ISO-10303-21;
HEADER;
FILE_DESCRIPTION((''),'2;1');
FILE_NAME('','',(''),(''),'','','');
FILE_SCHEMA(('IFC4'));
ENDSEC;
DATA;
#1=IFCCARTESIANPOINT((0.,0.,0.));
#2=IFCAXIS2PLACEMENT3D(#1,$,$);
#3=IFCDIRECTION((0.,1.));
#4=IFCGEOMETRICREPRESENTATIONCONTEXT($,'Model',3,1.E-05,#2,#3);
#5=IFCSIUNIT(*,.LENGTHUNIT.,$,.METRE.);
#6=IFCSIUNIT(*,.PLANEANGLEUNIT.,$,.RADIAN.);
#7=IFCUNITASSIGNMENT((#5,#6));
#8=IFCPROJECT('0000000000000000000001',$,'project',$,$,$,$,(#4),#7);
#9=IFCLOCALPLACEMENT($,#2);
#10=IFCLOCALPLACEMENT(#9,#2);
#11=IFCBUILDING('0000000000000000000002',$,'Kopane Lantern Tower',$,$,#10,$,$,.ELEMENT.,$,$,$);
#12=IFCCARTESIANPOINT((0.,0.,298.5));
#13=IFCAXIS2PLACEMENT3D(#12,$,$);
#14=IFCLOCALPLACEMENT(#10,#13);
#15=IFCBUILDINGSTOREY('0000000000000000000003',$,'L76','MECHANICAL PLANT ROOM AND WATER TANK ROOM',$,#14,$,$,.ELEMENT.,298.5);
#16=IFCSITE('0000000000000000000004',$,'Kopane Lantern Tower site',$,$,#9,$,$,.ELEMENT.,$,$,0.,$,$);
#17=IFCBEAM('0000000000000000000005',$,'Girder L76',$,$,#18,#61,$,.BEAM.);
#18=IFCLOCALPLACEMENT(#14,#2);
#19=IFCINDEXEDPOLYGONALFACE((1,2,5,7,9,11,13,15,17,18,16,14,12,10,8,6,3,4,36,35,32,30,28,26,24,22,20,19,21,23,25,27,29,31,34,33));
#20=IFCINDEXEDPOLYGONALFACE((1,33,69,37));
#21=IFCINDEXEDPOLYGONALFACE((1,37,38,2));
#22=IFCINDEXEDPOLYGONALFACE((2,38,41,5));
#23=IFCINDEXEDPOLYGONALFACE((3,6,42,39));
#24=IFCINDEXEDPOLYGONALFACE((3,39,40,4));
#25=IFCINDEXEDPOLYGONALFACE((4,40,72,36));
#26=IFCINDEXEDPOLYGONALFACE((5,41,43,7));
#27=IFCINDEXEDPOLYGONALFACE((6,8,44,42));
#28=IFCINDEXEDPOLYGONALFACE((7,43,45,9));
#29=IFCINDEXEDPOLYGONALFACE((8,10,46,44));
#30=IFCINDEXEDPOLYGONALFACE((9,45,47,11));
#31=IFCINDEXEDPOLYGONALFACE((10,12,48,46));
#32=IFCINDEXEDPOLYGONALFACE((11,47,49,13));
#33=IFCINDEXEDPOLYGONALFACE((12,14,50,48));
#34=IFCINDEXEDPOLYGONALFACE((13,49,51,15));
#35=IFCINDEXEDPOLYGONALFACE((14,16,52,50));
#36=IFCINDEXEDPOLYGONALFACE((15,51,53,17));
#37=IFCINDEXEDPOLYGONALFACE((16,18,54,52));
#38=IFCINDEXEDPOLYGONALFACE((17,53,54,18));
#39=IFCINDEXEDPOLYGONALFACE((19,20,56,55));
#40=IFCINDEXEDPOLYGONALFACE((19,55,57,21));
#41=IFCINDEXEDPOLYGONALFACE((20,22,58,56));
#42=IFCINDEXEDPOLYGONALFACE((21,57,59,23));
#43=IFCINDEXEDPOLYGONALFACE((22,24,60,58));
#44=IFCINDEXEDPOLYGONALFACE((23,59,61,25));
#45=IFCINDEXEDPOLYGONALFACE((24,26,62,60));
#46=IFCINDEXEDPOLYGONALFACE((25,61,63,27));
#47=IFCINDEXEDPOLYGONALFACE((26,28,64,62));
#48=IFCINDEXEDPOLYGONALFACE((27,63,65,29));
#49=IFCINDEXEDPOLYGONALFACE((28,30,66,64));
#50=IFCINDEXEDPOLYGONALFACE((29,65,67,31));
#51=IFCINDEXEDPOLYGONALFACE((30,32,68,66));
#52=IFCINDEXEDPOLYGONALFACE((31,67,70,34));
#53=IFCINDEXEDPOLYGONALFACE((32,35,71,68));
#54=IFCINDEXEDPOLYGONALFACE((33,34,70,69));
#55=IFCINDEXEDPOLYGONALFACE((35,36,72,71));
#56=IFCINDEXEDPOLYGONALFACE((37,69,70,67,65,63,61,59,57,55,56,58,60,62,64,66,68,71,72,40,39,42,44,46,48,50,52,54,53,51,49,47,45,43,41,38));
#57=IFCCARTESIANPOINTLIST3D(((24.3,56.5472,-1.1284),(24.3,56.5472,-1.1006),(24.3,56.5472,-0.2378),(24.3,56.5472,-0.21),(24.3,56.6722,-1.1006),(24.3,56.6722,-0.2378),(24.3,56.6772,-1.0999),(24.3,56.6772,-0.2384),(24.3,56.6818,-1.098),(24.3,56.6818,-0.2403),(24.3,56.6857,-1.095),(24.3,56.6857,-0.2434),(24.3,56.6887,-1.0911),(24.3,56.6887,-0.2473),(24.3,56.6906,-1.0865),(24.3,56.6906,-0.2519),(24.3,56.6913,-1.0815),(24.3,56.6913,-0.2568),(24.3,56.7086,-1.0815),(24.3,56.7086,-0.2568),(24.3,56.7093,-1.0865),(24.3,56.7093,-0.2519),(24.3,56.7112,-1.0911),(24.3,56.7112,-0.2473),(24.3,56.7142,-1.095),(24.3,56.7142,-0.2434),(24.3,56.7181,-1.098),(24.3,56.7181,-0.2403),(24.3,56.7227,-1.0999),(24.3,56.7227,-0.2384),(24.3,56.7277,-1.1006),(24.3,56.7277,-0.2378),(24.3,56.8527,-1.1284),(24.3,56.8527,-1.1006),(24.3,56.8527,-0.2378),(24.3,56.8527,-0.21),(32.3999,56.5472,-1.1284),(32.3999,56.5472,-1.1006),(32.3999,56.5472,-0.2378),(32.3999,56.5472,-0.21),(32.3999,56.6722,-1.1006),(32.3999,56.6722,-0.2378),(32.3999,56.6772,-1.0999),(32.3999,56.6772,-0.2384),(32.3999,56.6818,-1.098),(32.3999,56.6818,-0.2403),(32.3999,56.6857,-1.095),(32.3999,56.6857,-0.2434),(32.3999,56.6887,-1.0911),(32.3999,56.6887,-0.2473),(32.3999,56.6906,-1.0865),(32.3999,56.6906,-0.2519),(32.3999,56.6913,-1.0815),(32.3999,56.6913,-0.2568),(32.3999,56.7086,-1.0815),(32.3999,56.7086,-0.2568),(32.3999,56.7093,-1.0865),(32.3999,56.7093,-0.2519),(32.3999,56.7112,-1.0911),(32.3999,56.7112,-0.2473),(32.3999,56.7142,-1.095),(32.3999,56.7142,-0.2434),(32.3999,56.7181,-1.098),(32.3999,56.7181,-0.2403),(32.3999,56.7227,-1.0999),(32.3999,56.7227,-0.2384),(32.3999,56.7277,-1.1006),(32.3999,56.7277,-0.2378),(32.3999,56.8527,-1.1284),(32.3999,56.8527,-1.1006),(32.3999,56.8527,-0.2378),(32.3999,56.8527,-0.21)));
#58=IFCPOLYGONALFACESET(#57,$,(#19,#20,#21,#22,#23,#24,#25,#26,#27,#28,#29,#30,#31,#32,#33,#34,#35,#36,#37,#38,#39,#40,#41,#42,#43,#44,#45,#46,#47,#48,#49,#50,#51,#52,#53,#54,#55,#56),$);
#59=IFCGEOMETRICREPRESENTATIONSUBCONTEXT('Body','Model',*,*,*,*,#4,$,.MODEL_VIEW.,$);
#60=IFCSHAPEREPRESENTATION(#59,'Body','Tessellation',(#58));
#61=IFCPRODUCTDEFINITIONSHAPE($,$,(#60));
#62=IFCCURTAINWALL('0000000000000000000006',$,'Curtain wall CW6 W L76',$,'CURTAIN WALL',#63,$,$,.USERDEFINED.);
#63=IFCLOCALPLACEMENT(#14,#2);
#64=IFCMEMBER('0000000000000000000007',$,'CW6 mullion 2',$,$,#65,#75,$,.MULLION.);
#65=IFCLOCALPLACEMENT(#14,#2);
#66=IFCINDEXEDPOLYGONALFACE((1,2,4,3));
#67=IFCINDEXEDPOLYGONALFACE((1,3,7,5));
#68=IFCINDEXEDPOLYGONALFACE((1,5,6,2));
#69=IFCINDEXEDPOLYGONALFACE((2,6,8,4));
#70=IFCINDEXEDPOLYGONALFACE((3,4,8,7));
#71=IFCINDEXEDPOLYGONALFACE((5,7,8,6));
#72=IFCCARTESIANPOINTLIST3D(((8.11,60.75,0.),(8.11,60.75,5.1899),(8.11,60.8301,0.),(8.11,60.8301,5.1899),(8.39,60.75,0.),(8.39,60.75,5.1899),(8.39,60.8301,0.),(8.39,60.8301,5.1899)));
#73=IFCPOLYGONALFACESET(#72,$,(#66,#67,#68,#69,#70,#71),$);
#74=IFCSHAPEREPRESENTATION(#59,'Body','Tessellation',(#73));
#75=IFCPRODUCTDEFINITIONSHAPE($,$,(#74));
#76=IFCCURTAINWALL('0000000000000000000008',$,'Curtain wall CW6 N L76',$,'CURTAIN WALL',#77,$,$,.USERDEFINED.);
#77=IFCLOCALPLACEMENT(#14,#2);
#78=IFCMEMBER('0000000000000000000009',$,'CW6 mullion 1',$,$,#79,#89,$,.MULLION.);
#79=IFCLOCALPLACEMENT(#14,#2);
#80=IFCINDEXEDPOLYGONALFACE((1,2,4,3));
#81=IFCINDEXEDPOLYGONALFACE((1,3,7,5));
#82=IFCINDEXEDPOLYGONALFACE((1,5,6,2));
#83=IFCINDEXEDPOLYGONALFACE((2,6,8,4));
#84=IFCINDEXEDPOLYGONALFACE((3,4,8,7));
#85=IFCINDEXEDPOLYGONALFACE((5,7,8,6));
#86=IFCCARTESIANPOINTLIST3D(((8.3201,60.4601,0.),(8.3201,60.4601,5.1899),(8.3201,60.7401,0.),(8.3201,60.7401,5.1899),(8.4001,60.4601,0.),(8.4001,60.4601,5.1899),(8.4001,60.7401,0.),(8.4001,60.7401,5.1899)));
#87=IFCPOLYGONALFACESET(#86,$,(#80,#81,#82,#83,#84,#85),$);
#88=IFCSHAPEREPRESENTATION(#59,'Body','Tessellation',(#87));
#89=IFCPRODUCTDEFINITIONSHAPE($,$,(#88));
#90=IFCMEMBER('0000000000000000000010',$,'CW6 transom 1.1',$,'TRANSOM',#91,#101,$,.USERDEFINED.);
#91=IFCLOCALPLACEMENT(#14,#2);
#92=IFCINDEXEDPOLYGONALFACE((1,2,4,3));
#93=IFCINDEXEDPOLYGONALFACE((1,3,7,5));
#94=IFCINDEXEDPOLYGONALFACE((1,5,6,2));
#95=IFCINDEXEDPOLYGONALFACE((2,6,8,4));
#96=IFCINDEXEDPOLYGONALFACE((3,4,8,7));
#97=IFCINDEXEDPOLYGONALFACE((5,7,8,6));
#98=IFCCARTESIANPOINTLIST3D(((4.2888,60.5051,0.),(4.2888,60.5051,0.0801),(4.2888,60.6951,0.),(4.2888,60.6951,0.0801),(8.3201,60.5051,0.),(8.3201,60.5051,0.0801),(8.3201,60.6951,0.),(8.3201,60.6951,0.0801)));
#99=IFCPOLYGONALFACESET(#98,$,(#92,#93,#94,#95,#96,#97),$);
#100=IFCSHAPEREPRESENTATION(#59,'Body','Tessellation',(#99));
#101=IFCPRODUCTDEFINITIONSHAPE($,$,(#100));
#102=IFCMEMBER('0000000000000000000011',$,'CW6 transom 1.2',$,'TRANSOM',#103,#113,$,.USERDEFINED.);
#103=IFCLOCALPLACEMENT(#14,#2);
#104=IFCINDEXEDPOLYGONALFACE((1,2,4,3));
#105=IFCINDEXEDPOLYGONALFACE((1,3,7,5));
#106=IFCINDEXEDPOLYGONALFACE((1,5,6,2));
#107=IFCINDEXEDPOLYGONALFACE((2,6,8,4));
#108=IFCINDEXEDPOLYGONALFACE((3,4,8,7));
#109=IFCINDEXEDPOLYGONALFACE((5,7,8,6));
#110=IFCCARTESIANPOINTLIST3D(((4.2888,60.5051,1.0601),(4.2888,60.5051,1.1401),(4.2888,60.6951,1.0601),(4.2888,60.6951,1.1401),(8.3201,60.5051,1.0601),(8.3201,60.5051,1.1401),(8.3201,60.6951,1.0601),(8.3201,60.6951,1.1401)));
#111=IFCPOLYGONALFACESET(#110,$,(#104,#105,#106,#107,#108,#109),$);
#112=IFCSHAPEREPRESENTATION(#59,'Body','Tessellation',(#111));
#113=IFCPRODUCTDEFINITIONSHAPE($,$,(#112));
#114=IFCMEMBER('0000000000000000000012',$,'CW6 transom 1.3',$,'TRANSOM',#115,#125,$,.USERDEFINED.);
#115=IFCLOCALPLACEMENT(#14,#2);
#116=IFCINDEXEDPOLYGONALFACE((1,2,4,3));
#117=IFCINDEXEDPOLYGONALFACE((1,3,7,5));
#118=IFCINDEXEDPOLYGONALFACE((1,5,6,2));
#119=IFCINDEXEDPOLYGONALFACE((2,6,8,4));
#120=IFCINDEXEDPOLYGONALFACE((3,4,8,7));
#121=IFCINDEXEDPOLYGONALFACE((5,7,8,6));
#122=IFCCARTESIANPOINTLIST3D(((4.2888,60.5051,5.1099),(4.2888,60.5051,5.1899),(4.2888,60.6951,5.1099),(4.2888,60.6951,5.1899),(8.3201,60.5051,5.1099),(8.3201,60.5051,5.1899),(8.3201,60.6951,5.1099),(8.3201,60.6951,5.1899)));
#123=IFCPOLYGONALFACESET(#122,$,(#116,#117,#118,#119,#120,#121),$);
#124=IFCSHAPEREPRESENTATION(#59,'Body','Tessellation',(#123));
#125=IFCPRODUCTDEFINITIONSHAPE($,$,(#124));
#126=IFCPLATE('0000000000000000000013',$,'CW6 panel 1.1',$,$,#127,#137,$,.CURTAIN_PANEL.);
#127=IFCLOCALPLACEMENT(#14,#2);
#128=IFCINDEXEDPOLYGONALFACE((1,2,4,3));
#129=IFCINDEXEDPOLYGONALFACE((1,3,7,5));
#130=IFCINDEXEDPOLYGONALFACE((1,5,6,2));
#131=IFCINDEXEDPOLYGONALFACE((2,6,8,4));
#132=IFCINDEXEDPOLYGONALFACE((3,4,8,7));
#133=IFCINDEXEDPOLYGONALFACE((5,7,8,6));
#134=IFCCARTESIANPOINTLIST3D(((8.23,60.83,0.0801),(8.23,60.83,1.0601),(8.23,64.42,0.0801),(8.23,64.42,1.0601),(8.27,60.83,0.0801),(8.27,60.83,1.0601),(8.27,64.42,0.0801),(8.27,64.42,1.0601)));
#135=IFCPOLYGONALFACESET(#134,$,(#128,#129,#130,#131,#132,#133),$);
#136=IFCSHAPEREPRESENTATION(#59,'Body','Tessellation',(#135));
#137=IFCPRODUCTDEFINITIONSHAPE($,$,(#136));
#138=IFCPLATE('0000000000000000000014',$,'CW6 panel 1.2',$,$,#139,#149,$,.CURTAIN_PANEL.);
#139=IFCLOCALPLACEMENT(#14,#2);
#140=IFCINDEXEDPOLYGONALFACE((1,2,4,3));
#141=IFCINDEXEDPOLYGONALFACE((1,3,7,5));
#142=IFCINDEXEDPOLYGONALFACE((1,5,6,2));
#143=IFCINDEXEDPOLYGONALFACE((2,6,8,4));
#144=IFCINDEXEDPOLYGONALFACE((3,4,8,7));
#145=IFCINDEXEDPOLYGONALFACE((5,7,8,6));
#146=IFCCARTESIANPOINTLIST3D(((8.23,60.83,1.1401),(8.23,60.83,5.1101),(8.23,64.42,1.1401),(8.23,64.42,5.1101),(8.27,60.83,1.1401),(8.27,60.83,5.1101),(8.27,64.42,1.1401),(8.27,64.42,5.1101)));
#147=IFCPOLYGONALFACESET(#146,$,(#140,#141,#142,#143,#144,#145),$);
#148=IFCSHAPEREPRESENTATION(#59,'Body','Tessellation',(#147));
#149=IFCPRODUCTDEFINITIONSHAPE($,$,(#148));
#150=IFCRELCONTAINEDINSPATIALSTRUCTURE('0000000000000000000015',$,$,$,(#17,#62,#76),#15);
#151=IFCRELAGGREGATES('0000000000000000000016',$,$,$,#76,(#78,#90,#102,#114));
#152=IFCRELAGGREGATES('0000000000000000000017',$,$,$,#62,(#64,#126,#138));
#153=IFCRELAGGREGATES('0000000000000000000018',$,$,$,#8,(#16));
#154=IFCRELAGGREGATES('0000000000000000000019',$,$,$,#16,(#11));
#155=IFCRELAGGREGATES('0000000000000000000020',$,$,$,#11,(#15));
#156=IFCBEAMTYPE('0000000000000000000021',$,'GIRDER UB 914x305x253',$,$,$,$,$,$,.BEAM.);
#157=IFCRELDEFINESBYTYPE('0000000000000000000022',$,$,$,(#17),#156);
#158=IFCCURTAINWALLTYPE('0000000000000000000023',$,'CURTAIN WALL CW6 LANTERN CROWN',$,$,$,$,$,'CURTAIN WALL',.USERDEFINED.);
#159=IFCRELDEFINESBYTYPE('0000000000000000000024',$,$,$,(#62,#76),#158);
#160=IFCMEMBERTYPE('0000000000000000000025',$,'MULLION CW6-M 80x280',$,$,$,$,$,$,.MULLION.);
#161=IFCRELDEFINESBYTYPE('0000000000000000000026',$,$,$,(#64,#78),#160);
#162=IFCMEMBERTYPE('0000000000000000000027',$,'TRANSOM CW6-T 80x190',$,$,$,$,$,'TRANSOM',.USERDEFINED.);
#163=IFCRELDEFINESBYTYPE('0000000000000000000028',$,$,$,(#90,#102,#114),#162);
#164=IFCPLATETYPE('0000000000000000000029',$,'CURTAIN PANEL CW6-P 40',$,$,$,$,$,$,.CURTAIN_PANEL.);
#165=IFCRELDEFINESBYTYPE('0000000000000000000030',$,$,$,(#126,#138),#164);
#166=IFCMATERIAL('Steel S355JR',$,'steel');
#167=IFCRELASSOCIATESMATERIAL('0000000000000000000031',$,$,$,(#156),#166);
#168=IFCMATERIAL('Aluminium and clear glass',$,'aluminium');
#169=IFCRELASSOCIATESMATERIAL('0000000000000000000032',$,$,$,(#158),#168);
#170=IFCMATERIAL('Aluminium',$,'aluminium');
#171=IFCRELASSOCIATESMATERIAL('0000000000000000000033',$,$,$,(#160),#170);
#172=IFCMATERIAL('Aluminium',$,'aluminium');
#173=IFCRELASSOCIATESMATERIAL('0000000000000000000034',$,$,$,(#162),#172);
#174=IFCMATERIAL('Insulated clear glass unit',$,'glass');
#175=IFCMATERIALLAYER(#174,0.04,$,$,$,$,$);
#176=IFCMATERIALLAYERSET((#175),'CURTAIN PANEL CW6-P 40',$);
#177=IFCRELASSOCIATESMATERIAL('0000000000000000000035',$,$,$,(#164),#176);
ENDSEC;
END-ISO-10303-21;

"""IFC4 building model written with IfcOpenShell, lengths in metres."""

from ifc_helpers import new_model, si_unit, direction, frame, origin, origin_2d, place, context, subcontext, project, spatial, rectangle, i_section, extrude, material, layer, layer_set, material_profile, profile_set, type_object, element, aggregate, save


model = new_model("IFC4")

# Units and contexts
model_context = context("Model", 3, precision=1e-05, world=origin(), true_north=direction((0.0, 1.0)))
body_context = subcontext(model_context, "Body", "Model", "MODEL_VIEW")
ifc_project = project(units=[si_unit("LENGTHUNIT", "METRE"), si_unit("PLANEANGLEUNIT", "RADIAN")], contexts=[model_context])

# Site, building, storey
site_placement = place(None, origin())
site = spatial("IfcSite", under=ifc_project, at=site_placement, Name="Kopane Lantern Tower site", CompositionType="ELEMENT", RefElevation=0.0)
building_placement = place(site_placement, origin())
building = spatial("IfcBuilding", under=site, at=building_placement, Name="Kopane Lantern Tower", CompositionType="ELEMENT")
storey_placement = place(building_placement, frame((0.0, 0.0, 298.5)))
storey = spatial("IfcBuildingStorey", under=building, at=storey_placement, Name="L76", Description="MECHANICAL PLANT ROOM AND WATER TANK ROOM", CompositionType="ELEMENT", Elevation=298.5)

# Beam
ifc_material_1 = material(Name="Steel S355JR", Category="steel")
ifc_material_profile_1 = material_profile(ifc_material_1, i_section(OverallWidth=0.3054, OverallDepth=0.9185, WebThickness=0.0173, FlangeThickness=0.0278, FilletRadius=0.019, at=origin_2d()), Name="UB 914x305x253")
ifc_profile_set_1 = profile_set([ifc_material_profile_1], Name="Steel S355JR")
beam_type = type_object("IfcBeamType", Name="GIRDER UB 914x305x253", PredefinedType="BEAM", material=ifc_profile_set_1)
beam_1_placement = place(storey_placement, frame((24.3, 56.7, -0.6692), z_axis=(1.0, 0.0, 0.0), x_axis=(0.0, 1.0, 0.0)))
element("IfcBeam", 1, at=beam_1_placement, inside=storey, type_object=beam_type, Name="Girder L76", PredefinedType="BEAM", context=body_context, shape_type="SweptSolid", body=[
    extrude(i_section(OverallWidth=0.3054, OverallDepth=0.9185, WebThickness=0.0173, FlangeThickness=0.0278, FilletRadius=0.019, at=origin_2d()), origin(), (0.0, 0.0, 1.0), 8.0999),
])

# Curtain wall, member
ifc_material_2 = material(Name="Aluminium and clear glass", Category="aluminium")
curtain_wall_type = type_object("IfcCurtainWallType", Name="CURTAIN WALL CW6 LANTERN CROWN", ElementType="CURTAIN WALL", PredefinedType="USERDEFINED", material=ifc_material_2)
curtain_wall_1_placement = place(storey_placement, origin())
curtain_wall_1 = element("IfcCurtainWall", 2, at=curtain_wall_1_placement, inside=storey, type_object=curtain_wall_type, Name="Curtain wall CW6 W L76", ObjectType="CURTAIN WALL", PredefinedType="USERDEFINED")
ifc_material_3 = material(Name="Aluminium", Category="aluminium")
ifc_material_profile_2 = material_profile(ifc_material_3, rectangle(XDim=0.0801, YDim=0.28, at=origin_2d()), Name="AL 80x280")
ifc_profile_set_2 = profile_set([ifc_material_profile_2], Name="Aluminium")
member_type_1 = type_object("IfcMemberType", Name="MULLION CW6-M 80x280", PredefinedType="MULLION", material=ifc_profile_set_2)
member_1_placement = place(storey_placement, frame((8.25, 60.79, 0.0), z_axis=(0.0, 0.0, 1.0), x_axis=(0.0, -1.0, 0.0)))
member_1 = element("IfcMember", 3, at=member_1_placement, type_object=member_type_1, Name="CW6 mullion 2", PredefinedType="MULLION", context=body_context, shape_type="SweptSolid", body=[
    extrude(rectangle(XDim=0.0801, YDim=0.28, at=origin_2d()), origin(), (0.0, 0.0, 1.0), 5.1899),
])

# Curtain wall, members
curtain_wall_2_placement = place(storey_placement, origin())
curtain_wall_2 = element("IfcCurtainWall", 4, at=curtain_wall_2_placement, inside=storey, type_object=curtain_wall_type, Name="Curtain wall CW6 N L76", ObjectType="CURTAIN WALL", PredefinedType="USERDEFINED")
member_2_placement = place(storey_placement, frame((8.3601, 60.6001, 0.0), z_axis=(0.0, 0.0, 1.0), x_axis=(-1.0, 0.0, 0.0)))
member_2 = element("IfcMember", 5, at=member_2_placement, type_object=member_type_1, Name="CW6 mullion 1", PredefinedType="MULLION", context=body_context, shape_type="SweptSolid", body=[
    extrude(rectangle(XDim=0.0801, YDim=0.28, at=origin_2d()), origin(), (0.0, 0.0, 1.0), 5.1899),
])
ifc_material_4 = material(Name="Aluminium", Category="aluminium")
ifc_material_profile_3 = material_profile(ifc_material_4, rectangle(XDim=0.1899, YDim=0.0801, at=origin_2d()), Name="AL 190x80")
ifc_profile_set_3 = profile_set([ifc_material_profile_3], Name="Aluminium")
member_type_2 = type_object("IfcMemberType", Name="TRANSOM CW6-T 80x190", ElementType="TRANSOM", PredefinedType="USERDEFINED", material=ifc_profile_set_3)
member_3_placement = place(storey_placement, frame((8.3201, 60.6001, 0.04), z_axis=(-1.0, 0.0, 0.0), x_axis=(0.0, -1.0, 0.0)))
member_3 = element("IfcMember", 6, at=member_3_placement, type_object=member_type_2, Name="CW6 transom 1.1", ObjectType="TRANSOM", PredefinedType="USERDEFINED", context=body_context, shape_type="SweptSolid", body=[
    extrude(rectangle(XDim=0.1899, YDim=0.0801, at=origin_2d()), origin(), (0.0, 0.0, 1.0), 4.0312),
])
member_4_placement = place(storey_placement, frame((8.3201, 60.6001, 1.1001), z_axis=(-1.0, 0.0, 0.0), x_axis=(0.0, -1.0, 0.0)))
member_4 = element("IfcMember", 7, at=member_4_placement, type_object=member_type_2, Name="CW6 transom 1.2", ObjectType="TRANSOM", PredefinedType="USERDEFINED", context=body_context, shape_type="SweptSolid", body=[
    extrude(rectangle(XDim=0.1899, YDim=0.0801, at=origin_2d()), origin(), (0.0, 0.0, 1.0), 4.0312),
])
member_5_placement = place(storey_placement, frame((8.3201, 60.6001, 5.1499), z_axis=(-1.0, 0.0, 0.0), x_axis=(0.0, -1.0, 0.0)))
member_5 = element("IfcMember", 8, at=member_5_placement, type_object=member_type_2, Name="CW6 transom 1.3", ObjectType="TRANSOM", PredefinedType="USERDEFINED", context=body_context, shape_type="SweptSolid", body=[
    extrude(rectangle(XDim=0.1899, YDim=0.0801, at=origin_2d()), origin(), (0.0, 0.0, 1.0), 4.0312),
])
aggregate(curtain_wall_2, [member_2, member_3, member_4, member_5])

# Plates
ifc_material_5 = material(Name="Insulated clear glass unit", Category="glass")
ifc_layer_1 = layer(ifc_material_5, 0.04)
ifc_layer_set_1 = layer_set([ifc_layer_1], Name="CURTAIN PANEL CW6-P 40")
plate_type = type_object("IfcPlateType", Name="CURTAIN PANEL CW6-P 40", PredefinedType="CURTAIN_PANEL", material=ifc_layer_set_1)
plate_1_placement = place(storey_placement, frame((8.25, 62.625, 0.0801), z_axis=(0.0, 0.0, 1.0), x_axis=(0.0, -1.0, 0.0)))
plate_1 = element("IfcPlate", 9, at=plate_1_placement, type_object=plate_type, Name="CW6 panel 1.1", PredefinedType="CURTAIN_PANEL", context=body_context, shape_type="SweptSolid", body=[
    extrude(rectangle(XDim=3.5901, YDim=0.04, at=origin_2d()), origin(), (0.0, 0.0, 1.0), 0.98),
])
plate_2_placement = place(storey_placement, frame((8.25, 62.625, 1.1401), z_axis=(0.0, 0.0, 1.0), x_axis=(0.0, -1.0, 0.0)))
plate_2 = element("IfcPlate", 10, at=plate_2_placement, type_object=plate_type, Name="CW6 panel 1.2", PredefinedType="CURTAIN_PANEL", context=body_context, shape_type="SweptSolid", body=[
    extrude(rectangle(XDim=3.5901, YDim=0.04, at=origin_2d()), origin(), (0.0, 0.0, 1.0), 3.97),
])
aggregate(curtain_wall_1, [member_1, plate_1, plate_2])

save(model, "model.ifc")
